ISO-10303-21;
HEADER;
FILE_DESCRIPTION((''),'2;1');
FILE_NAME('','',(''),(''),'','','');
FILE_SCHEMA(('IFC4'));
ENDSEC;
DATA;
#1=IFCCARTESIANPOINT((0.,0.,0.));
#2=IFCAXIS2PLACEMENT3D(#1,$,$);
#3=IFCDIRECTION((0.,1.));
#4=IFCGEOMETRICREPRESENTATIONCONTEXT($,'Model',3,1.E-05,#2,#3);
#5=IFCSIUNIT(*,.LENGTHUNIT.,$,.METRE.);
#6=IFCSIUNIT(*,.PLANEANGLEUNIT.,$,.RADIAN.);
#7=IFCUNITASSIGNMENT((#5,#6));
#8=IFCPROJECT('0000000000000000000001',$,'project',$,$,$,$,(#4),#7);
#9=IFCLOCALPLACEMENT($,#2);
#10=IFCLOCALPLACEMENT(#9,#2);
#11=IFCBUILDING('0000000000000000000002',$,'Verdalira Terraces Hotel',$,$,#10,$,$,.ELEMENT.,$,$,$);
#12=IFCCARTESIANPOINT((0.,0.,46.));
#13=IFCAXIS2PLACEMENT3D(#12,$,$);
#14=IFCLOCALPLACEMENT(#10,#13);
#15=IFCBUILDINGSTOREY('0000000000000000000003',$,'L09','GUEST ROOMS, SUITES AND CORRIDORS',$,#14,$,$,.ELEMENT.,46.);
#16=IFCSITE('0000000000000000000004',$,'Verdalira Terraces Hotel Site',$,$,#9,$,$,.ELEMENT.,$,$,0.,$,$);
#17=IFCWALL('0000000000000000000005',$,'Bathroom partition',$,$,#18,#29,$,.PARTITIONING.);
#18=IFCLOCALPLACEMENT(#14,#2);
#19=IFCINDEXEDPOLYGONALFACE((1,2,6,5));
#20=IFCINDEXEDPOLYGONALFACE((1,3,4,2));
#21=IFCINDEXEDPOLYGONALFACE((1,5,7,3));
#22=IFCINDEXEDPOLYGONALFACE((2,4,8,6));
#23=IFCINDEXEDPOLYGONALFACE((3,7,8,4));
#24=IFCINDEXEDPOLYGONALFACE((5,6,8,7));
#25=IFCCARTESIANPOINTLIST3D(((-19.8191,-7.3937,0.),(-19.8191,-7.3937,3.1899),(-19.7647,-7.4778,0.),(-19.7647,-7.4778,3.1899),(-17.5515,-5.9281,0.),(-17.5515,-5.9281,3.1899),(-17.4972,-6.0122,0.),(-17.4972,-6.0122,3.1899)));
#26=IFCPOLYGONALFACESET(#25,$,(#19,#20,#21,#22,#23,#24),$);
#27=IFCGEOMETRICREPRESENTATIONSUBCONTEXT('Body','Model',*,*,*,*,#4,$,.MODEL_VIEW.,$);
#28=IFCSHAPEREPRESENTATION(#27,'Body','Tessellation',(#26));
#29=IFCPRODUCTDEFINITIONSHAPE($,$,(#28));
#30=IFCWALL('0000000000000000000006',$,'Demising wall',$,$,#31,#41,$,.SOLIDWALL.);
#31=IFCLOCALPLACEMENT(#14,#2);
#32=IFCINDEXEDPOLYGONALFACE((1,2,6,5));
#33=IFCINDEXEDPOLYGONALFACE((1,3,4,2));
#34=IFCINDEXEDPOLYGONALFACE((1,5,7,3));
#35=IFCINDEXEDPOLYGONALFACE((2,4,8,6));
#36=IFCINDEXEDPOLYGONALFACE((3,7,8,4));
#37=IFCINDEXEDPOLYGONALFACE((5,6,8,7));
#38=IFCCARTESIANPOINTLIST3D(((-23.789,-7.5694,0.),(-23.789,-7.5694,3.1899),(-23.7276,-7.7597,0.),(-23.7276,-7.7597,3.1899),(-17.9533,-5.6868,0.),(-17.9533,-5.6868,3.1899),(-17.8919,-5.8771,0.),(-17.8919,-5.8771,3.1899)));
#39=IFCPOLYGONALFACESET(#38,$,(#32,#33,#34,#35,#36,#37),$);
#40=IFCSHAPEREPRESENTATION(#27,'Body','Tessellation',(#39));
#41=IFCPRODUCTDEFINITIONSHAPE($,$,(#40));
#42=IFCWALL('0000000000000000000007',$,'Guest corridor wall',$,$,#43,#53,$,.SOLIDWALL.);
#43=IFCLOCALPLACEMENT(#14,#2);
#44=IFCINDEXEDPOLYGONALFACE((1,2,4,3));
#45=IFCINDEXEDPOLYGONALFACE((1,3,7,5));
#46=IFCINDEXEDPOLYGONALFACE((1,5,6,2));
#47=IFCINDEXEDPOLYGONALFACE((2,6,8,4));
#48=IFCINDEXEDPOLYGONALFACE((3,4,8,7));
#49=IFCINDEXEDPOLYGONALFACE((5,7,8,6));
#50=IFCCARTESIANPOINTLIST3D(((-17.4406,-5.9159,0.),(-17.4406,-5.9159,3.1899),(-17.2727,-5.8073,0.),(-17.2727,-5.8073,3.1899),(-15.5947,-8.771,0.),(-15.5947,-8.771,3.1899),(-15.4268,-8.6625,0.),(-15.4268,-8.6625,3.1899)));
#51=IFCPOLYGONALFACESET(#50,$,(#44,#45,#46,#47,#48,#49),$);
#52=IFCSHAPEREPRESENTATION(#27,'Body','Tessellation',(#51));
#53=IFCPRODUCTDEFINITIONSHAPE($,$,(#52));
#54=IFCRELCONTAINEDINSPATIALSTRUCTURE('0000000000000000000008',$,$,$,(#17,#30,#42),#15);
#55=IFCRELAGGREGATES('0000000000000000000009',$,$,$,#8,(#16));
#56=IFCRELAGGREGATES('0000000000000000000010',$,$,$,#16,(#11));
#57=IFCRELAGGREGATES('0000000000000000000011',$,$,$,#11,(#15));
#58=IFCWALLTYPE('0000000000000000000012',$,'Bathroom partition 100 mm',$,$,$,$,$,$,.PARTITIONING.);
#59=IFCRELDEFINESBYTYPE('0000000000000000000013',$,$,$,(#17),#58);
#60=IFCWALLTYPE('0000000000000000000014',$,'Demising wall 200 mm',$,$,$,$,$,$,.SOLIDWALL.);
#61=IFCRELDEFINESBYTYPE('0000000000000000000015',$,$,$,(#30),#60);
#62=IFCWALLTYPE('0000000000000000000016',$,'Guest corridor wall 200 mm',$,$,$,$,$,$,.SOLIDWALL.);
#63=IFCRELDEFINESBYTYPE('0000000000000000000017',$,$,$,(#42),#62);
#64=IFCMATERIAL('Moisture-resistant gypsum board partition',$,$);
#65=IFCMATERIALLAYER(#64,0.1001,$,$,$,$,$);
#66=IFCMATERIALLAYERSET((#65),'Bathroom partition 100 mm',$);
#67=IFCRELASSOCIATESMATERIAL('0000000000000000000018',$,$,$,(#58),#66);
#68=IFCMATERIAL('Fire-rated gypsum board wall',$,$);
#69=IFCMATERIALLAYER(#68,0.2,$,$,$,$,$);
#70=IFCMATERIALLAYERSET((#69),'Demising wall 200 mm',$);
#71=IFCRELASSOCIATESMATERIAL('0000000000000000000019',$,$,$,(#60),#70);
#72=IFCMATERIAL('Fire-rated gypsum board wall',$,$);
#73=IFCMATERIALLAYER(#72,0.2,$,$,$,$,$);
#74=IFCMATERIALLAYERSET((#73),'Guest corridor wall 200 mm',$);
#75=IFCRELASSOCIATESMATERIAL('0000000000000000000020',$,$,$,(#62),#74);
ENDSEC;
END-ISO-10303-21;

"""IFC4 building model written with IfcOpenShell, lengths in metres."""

from ifc_helpers import new_model, si_unit, direction, frame, frame_2d, origin, place, context, subcontext, project, spatial, rectangle, extrude, material, layer, layer_set, type_object, element, save


model = new_model("IFC4")

# Units and contexts
model_context = context("Model", 3, precision=1e-05, world=origin(), true_north=direction((0.0, 1.0)))
body_context = subcontext(model_context, "Body", "Model", "MODEL_VIEW")
ifc_project = project(units=[si_unit("LENGTHUNIT", "METRE"), si_unit("PLANEANGLEUNIT", "RADIAN")], contexts=[model_context])

# Site, building, storey
site_placement = place(None, origin())
site = spatial("IfcSite", under=ifc_project, at=site_placement, Name="Verdalira Terraces Hotel Site", CompositionType="ELEMENT", RefElevation=0.0)
building_placement = place(site_placement, origin())
building = spatial("IfcBuilding", under=site, at=building_placement, Name="Verdalira Terraces Hotel", CompositionType="ELEMENT")
storey_placement = place(building_placement, frame((0.0, 0.0, 46.0)))
storey = spatial("IfcBuildingStorey", under=building, at=storey_placement, Name="L09", Description="GUEST ROOMS, SUITES AND CORRIDORS", CompositionType="ELEMENT", Elevation=46.0)

# Shared definitions
ifc_material_1 = material(Name="Moisture-resistant gypsum board partition")
ifc_layer_1 = layer(ifc_material_1, 0.1001)
ifc_layer_set_1 = layer_set([ifc_layer_1], Name="Bathroom partition 100 mm")
wall_type_1 = type_object("IfcWallType", Name="Bathroom partition 100 mm", PredefinedType="PARTITIONING", material=ifc_layer_set_1)

# Walls
wall_1_placement = place(storey_placement, frame((-19.792, -7.4358, 0.0), z_axis=(0.0, 0.0, 1.0), x_axis=(0.839854, 0.542813, 0.0)))
element("IfcWall", 1, at=wall_1_placement, inside=storey, type_object=wall_type_1, Name="Bathroom partition", PredefinedType="PARTITIONING", context=body_context, shape_type="SweptSolid", body=[
    extrude(rectangle(XDim=2.7, YDim=0.1001, at=frame_2d((1.3501, 0.0))), origin(), (0.0, 0.0, 1.0), 3.1899),
])
ifc_material_2 = material(Name="Fire-rated gypsum board wall")
ifc_layer_2 = layer(ifc_material_2, 0.2)
ifc_layer_set_2 = layer_set([ifc_layer_2], Name="Demising wall 200 mm")
wall_type_2 = type_object("IfcWallType", Name="Demising wall 200 mm", PredefinedType="SOLIDWALL", material=ifc_layer_set_2)
wall_2_placement = place(storey_placement, frame((-17.9226, -5.782, 0.0), z_axis=(0.0, 0.0, 1.0), x_axis=(-0.951704, -0.307016, 0.0)))
element("IfcWall", 2, at=wall_2_placement, inside=storey, type_object=wall_type_2, Name="Demising wall", PredefinedType="SOLIDWALL", context=body_context, shape_type="SweptSolid", body=[
    extrude(rectangle(XDim=6.1318, YDim=0.2, at=frame_2d((3.0659, 0.0))), origin(), (0.0, 0.0, 1.0), 3.1899),
])
ifc_material_3 = material(Name="Fire-rated gypsum board wall")
ifc_layer_3 = layer(ifc_material_3, 0.2)
ifc_layer_set_3 = layer_set([ifc_layer_3], Name="Guest corridor wall 200 mm")
wall_type_3 = type_object("IfcWallType", Name="Guest corridor wall 200 mm", PredefinedType="SOLIDWALL", material=ifc_layer_set_3)
wall_3_placement = place(storey_placement, frame((-17.3567, -5.8616, 0.0), z_axis=(0.0, 0.0, 1.0), x_axis=(0.54293, -0.839778, 0.0)))
element("IfcWall", 3, at=wall_3_placement, inside=storey, type_object=wall_type_3, Name="Guest corridor wall", PredefinedType="SOLIDWALL", context=body_context, shape_type="SweptSolid", body=[
    extrude(rectangle(XDim=3.3999, YDim=0.2, at=frame_2d((1.7, 0.0))), origin(), (0.0, 0.0, 1.0), 3.1899),
])

save(model, "model.ifc")
